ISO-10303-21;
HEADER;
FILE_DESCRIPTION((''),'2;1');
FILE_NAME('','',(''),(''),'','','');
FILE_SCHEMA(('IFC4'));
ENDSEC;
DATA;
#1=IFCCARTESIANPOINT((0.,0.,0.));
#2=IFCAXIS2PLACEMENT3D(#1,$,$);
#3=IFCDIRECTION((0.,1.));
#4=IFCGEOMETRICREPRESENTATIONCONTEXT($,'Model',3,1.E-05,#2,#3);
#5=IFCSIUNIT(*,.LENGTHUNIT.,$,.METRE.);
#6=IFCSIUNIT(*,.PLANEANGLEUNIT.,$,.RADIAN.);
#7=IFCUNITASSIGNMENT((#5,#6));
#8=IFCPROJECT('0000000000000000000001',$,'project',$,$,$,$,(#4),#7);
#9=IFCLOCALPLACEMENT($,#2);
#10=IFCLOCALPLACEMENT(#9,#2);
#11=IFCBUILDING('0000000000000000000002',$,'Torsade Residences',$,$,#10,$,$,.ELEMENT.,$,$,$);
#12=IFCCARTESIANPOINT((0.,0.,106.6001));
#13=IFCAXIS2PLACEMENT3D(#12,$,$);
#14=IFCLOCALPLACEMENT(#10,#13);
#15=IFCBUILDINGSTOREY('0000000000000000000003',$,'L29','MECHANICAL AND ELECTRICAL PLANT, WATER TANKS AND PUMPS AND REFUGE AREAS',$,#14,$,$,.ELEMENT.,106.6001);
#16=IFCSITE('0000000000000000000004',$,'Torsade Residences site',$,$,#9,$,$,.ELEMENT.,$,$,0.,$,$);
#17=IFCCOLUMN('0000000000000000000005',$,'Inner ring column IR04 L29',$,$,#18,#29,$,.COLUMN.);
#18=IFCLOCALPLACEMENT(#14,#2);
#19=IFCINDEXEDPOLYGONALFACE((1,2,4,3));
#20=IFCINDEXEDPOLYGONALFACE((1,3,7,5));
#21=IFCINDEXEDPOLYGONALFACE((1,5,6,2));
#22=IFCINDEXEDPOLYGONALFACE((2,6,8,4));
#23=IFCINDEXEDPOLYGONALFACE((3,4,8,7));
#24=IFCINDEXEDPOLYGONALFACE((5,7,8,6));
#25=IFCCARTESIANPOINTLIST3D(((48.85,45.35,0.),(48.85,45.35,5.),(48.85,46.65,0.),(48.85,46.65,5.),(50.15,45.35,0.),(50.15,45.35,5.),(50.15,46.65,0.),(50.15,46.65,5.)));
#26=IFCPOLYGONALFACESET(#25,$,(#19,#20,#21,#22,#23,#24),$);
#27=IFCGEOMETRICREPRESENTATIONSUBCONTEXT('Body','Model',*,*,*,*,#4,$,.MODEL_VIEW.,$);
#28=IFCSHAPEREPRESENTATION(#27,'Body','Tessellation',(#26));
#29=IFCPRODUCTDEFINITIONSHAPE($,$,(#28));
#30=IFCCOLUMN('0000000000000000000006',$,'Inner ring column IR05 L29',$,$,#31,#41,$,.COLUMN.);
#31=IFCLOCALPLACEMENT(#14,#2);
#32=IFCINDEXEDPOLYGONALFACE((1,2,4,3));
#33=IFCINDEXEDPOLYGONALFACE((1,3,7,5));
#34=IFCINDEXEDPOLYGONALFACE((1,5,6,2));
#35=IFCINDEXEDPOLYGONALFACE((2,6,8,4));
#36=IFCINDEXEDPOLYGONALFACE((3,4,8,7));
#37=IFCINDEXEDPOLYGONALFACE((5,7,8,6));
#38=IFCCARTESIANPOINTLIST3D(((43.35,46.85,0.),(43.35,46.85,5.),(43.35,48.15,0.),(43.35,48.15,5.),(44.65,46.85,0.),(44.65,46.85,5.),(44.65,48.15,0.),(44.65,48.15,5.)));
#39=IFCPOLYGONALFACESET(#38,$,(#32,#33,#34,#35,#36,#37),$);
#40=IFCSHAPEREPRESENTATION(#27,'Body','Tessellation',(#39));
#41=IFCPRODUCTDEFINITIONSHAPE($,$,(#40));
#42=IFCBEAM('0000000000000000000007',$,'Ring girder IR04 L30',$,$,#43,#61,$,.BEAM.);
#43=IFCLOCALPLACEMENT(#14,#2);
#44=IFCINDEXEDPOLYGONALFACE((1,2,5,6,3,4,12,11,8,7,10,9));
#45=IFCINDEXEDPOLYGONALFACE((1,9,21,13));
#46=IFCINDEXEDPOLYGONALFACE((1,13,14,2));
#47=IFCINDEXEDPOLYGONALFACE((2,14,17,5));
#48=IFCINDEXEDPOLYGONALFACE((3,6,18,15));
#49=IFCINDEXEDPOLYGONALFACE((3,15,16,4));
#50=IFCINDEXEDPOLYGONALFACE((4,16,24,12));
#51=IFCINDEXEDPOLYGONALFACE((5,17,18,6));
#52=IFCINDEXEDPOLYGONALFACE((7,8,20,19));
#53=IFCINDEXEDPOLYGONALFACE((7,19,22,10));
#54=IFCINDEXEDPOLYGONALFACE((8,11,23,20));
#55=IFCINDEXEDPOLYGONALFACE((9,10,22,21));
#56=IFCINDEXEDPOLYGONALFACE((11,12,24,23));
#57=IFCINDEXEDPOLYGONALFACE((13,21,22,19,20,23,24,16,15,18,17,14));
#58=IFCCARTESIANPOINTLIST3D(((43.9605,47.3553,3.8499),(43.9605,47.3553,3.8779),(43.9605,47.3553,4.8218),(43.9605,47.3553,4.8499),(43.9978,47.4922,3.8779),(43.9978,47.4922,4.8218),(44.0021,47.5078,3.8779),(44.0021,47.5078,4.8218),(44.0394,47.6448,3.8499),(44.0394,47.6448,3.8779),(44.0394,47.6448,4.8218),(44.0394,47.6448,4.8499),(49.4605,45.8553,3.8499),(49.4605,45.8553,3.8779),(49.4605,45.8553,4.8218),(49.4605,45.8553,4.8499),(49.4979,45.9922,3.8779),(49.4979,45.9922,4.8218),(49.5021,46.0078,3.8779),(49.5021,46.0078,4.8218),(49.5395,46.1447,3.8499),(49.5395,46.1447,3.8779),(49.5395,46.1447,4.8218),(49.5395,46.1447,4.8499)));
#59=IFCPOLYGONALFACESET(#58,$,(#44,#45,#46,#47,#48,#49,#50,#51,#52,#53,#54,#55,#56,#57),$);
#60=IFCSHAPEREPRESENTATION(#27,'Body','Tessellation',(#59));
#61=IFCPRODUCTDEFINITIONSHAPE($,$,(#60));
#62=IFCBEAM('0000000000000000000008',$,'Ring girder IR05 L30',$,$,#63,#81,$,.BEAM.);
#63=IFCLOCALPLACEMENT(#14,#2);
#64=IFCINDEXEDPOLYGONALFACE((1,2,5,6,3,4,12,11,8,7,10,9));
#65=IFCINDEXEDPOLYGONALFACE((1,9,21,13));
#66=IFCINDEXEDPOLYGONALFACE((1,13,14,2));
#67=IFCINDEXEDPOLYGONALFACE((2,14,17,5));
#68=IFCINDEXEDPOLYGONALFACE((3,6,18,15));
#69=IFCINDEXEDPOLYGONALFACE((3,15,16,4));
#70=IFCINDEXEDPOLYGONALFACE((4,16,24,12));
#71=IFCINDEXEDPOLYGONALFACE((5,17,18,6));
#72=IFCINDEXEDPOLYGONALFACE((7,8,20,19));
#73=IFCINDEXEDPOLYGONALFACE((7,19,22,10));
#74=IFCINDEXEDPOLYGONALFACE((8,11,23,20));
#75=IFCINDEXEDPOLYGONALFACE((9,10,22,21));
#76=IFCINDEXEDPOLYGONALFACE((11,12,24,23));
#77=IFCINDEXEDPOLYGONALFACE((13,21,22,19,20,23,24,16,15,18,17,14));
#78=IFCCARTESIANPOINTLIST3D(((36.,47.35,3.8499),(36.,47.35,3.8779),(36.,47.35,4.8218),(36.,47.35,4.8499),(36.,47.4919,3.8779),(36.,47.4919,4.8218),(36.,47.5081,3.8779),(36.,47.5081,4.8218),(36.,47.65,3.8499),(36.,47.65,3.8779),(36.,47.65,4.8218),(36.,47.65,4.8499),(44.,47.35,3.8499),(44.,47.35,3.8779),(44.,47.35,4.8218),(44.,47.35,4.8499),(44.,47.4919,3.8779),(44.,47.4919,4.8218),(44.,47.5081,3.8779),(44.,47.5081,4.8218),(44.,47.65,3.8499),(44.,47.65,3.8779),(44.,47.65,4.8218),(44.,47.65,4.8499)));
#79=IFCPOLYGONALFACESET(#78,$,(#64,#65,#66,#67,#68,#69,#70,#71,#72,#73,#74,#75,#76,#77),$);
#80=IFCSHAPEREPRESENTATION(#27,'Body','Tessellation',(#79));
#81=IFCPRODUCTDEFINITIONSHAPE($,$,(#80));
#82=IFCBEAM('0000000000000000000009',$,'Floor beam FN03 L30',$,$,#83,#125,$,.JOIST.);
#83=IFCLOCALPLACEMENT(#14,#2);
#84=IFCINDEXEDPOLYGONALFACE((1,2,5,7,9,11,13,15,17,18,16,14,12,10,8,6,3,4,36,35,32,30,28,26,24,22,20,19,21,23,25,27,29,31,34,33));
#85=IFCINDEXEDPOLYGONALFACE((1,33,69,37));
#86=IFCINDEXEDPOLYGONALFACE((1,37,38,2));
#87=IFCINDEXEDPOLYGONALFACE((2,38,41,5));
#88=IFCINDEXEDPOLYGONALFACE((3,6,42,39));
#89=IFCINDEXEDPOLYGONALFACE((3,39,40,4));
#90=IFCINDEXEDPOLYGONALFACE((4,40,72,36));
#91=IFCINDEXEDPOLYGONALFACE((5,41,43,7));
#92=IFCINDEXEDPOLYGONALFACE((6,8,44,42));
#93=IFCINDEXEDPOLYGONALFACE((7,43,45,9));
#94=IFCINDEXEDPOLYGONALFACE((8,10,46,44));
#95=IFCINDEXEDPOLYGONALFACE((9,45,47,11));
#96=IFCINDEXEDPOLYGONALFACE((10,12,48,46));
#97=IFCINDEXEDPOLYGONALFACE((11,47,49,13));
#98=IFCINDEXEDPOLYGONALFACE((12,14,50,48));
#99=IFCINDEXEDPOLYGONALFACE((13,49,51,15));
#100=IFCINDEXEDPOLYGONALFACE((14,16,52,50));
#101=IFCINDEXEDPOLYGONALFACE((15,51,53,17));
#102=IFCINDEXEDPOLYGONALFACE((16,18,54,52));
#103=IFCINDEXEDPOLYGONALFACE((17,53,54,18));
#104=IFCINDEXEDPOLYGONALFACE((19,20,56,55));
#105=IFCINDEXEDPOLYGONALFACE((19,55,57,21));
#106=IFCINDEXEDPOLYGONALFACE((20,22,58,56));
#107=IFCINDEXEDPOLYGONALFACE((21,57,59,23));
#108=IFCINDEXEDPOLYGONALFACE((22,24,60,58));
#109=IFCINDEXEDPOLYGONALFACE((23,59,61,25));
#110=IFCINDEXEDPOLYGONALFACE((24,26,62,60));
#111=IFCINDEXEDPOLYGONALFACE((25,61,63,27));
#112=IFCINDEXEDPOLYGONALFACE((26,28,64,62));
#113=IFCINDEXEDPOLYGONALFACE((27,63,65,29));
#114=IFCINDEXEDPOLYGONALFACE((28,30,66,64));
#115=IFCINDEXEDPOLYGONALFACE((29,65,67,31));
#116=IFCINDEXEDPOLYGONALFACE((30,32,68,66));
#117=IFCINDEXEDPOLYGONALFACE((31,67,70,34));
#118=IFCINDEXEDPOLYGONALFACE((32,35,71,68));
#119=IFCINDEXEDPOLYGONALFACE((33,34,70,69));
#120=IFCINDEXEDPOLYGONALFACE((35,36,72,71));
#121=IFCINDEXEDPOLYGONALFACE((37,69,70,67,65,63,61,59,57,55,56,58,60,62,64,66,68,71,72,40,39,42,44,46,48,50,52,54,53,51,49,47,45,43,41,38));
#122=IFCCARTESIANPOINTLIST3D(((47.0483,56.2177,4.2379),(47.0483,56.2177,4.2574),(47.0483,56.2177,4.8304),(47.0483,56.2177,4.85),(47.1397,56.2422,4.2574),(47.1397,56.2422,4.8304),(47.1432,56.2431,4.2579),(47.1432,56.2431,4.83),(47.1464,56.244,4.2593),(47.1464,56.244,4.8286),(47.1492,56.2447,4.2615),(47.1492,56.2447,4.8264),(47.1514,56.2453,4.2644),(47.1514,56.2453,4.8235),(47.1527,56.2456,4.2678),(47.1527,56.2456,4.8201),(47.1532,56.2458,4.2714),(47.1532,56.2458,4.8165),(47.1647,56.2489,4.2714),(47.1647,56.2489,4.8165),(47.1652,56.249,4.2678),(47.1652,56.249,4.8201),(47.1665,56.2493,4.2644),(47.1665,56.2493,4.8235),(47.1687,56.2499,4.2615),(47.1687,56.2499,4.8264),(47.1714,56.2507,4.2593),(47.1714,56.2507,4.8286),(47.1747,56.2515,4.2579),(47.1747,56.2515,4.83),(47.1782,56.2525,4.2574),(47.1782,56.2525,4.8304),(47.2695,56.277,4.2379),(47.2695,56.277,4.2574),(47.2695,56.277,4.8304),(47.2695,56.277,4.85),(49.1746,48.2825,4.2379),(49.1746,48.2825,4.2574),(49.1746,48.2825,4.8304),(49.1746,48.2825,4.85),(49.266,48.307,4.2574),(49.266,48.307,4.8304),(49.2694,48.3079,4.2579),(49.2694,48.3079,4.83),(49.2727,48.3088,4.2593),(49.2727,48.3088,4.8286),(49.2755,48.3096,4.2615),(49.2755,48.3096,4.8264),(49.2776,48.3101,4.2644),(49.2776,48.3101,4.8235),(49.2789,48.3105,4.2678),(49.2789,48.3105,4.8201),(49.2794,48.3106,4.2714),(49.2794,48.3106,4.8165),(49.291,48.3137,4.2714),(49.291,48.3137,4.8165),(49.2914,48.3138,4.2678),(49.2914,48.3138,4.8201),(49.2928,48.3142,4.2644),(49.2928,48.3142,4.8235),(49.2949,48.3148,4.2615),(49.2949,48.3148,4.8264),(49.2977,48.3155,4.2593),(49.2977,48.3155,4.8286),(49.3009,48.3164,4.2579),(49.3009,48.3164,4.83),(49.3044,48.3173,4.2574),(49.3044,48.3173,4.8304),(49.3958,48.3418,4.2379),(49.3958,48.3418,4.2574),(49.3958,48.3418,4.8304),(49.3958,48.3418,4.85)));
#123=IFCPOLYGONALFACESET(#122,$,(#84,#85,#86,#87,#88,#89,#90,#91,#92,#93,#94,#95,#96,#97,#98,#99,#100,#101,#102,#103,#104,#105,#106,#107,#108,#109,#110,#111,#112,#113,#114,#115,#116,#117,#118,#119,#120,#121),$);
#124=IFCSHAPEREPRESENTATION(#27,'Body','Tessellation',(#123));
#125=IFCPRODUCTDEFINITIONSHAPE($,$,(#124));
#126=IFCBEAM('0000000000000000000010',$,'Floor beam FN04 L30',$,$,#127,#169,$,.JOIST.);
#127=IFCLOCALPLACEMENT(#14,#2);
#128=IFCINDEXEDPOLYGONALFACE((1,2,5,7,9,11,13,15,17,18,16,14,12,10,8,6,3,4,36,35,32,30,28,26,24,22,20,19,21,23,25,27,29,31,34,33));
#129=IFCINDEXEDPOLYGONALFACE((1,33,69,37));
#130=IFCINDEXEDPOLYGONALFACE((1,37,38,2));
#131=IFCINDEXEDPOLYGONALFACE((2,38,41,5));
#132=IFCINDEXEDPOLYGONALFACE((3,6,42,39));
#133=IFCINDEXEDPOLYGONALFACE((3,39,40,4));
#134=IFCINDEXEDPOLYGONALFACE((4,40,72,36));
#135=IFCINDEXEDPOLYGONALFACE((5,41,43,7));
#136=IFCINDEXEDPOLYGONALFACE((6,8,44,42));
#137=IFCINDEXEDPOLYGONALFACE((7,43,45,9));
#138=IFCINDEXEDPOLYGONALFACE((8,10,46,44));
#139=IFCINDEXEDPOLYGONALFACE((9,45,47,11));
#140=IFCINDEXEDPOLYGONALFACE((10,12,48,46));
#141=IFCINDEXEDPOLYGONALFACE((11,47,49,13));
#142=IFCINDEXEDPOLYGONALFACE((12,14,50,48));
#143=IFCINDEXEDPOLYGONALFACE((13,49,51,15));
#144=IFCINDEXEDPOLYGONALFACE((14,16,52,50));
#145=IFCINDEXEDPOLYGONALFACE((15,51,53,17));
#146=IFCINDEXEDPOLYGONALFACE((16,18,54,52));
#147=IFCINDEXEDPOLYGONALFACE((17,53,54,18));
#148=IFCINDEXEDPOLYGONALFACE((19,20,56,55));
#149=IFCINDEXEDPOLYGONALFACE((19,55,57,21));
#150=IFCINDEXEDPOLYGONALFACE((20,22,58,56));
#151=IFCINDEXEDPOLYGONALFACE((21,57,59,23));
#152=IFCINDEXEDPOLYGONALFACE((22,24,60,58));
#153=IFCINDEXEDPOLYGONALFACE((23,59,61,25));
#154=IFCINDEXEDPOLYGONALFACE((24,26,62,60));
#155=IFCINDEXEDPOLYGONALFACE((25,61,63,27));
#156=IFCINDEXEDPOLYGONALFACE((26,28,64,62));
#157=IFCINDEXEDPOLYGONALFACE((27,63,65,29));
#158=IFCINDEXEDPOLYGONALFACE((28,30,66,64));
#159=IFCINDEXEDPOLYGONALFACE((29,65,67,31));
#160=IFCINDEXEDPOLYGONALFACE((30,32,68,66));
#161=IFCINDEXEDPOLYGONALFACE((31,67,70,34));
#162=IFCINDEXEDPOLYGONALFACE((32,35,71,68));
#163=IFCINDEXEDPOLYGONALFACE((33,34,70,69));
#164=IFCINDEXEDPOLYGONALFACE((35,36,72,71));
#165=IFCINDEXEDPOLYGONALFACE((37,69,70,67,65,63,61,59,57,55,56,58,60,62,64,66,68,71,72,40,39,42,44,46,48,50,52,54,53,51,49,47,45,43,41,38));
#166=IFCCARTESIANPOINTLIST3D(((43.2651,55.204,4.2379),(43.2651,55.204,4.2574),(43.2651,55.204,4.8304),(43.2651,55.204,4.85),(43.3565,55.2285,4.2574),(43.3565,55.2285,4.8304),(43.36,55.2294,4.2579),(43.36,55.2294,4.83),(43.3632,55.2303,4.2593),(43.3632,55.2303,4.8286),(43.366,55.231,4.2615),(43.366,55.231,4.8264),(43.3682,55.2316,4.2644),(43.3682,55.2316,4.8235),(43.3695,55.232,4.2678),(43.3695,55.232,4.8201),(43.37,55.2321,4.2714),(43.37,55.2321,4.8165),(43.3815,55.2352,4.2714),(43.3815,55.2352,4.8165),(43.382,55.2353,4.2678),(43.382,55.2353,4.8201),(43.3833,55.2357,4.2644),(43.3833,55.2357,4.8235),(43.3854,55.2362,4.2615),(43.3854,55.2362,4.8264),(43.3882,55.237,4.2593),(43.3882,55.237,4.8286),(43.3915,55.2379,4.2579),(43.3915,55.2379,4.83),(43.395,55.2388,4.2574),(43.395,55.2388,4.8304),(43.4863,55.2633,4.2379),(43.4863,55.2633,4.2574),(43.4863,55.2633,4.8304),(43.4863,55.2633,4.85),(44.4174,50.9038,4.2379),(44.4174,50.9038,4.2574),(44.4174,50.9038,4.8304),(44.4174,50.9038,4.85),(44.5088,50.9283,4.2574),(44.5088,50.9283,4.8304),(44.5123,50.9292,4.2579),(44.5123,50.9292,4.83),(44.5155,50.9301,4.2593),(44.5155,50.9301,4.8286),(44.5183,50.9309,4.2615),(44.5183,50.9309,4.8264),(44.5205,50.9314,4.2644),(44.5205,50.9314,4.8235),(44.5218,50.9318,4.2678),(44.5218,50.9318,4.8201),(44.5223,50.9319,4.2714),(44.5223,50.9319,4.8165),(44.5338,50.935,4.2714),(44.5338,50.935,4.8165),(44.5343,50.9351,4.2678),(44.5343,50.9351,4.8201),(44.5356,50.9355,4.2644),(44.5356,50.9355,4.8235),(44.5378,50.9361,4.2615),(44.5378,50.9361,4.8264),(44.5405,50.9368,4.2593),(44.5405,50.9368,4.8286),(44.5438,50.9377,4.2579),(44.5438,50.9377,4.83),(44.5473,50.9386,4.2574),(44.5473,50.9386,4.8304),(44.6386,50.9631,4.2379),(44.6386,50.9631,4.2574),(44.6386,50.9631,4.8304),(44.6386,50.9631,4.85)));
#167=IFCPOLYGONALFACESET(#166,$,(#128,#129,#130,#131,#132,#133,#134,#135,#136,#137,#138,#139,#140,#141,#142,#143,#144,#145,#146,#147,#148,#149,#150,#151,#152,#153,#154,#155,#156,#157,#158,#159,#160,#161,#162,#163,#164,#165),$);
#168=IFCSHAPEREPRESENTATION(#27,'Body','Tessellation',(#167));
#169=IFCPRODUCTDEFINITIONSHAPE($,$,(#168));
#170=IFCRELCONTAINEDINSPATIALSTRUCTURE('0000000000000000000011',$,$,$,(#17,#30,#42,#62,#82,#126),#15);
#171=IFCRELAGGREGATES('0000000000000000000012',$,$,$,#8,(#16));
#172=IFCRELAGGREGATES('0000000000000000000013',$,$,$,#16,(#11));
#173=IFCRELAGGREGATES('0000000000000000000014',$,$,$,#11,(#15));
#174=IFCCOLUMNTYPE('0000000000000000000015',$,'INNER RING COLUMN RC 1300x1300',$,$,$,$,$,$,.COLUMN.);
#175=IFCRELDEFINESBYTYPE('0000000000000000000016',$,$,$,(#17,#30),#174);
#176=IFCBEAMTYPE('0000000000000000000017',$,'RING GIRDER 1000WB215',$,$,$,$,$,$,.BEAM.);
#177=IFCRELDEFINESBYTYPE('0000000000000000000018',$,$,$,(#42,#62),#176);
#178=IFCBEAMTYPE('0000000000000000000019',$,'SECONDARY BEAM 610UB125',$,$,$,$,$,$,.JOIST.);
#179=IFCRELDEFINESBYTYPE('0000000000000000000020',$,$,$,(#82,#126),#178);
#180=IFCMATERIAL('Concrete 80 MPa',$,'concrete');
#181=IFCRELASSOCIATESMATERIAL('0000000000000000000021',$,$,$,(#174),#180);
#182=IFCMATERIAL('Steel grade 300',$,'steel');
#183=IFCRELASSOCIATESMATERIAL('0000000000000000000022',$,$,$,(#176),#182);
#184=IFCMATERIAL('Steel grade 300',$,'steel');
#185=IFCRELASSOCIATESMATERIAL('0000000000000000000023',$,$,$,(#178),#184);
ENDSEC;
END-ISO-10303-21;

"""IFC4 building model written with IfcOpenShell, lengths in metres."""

from ifc_helpers import new_model, si_unit, direction, frame, origin, origin_2d, place, context, subcontext, project, spatial, rectangle, i_section, extrude, material, material_profile, profile_set, type_object, element, save


model = new_model("IFC4")

# Units and contexts
model_context = context("Model", 3, precision=1e-05, world=origin(), true_north=direction((0.0, 1.0)))
body_context = subcontext(model_context, "Body", "Model", "MODEL_VIEW")
ifc_project = project(units=[si_unit("LENGTHUNIT", "METRE"), si_unit("PLANEANGLEUNIT", "RADIAN")], contexts=[model_context])

# Site, building, storey
site_placement = place(None, origin())
site = spatial("IfcSite", under=ifc_project, at=site_placement, Name="Torsade Residences site", CompositionType="ELEMENT", RefElevation=0.0)
building_placement = place(site_placement, origin())
building = spatial("IfcBuilding", under=site, at=building_placement, Name="Torsade Residences", CompositionType="ELEMENT")
storey_placement = place(building_placement, frame((0.0, 0.0, 106.6001)))
storey = spatial("IfcBuildingStorey", under=building, at=storey_placement, Name="L29", Description="MECHANICAL AND ELECTRICAL PLANT, WATER TANKS AND PUMPS AND REFUGE AREAS", CompositionType="ELEMENT", Elevation=106.6001)

# Columns
ifc_material_1 = material(Name="Concrete 80 MPa", Category="concrete")
ifc_material_profile_1 = material_profile(ifc_material_1, rectangle(XDim=1.3, YDim=1.3, at=origin_2d()), Name="RC 1300x1300")
ifc_profile_set_1 = profile_set([ifc_material_profile_1], Name="Concrete 80 MPa")
column_type = type_object("IfcColumnType", Name="INNER RING COLUMN RC 1300x1300", PredefinedType="COLUMN", material=ifc_profile_set_1)
for number, where, z_axis, x_axis, name in (
    (1, (49.5, 46.0, 0.0), (0.0, 0.0, 1.0), (1.0, 0.0, 0.0), "Inner ring column IR04 L29"),
    (2, (44.0, 47.5, 0.0), (0.0, 0.0, 1.0), (1.0, 0.0, 0.0), "Inner ring column IR05 L29"),
):
    element("IfcColumn", number, at=place(storey_placement, frame(where, z_axis=z_axis, x_axis=x_axis)), inside=storey, type_object=column_type, Name=name, PredefinedType="COLUMN", context=body_context, shape_type="SweptSolid", body=[
        extrude(rectangle(XDim=1.3, YDim=1.3, at=origin_2d()), origin(), (0.0, 0.0, 1.0), 5.0),
    ])

# Beams
ifc_material_2 = material(Name="Steel grade 300", Category="steel")
ifc_material_profile_2 = material_profile(ifc_material_2, i_section(OverallWidth=0.3, OverallDepth=1.0, WebThickness=0.0161, FlangeThickness=0.0281, at=origin_2d()), Name="1000WB215")
ifc_profile_set_2 = profile_set([ifc_material_profile_2], Name="Steel grade 300")
beam_type_1 = type_object("IfcBeamType", Name="RING GIRDER 1000WB215", PredefinedType="BEAM", material=ifc_profile_set_2)
beam_1_placement = place(storey_placement, frame((49.5, 46.0, 4.3499), z_axis=(-0.964764, 0.263117, 0.0), x_axis=(-0.263117, -0.964764, 0.0)))
element("IfcBeam", 3, at=beam_1_placement, inside=storey, type_object=beam_type_1, Name="Ring girder IR04 L30", PredefinedType="BEAM", context=body_context, shape_type="SweptSolid", body=[
    extrude(i_section(OverallWidth=0.3, OverallDepth=1.0, WebThickness=0.0161, FlangeThickness=0.0281, at=origin_2d()), origin(), (0.0, 0.0, 1.0), 5.7009),
])
beam_2_placement = place(storey_placement, frame((44.0, 47.5, 4.3499), z_axis=(-1.0, 0.0, 0.0), x_axis=(0.0, -1.0, 0.0)))
element("IfcBeam", 4, at=beam_2_placement, inside=storey, type_object=beam_type_1, Name="Ring girder IR05 L30", PredefinedType="BEAM", context=body_context, shape_type="SweptSolid", body=[
    extrude(i_section(OverallWidth=0.3, OverallDepth=1.0, WebThickness=0.0161, FlangeThickness=0.0281, at=origin_2d()), origin(), (0.0, 0.0, 1.0), 8.0),
])
ifc_material_3 = material(Name="Steel grade 300", Category="steel")
ifc_material_profile_3 = material_profile(ifc_material_3, i_section(OverallWidth=0.229, OverallDepth=0.6121, WebThickness=0.012, FlangeThickness=0.0195, FilletRadius=0.0139, at=origin_2d()), Name="610UB125")
ifc_profile_set_3 = profile_set([ifc_material_profile_3], Name="Steel grade 300")
beam_type_2 = type_object("IfcBeamType", Name="SECONDARY BEAM 610UB125", PredefinedType="JOIST", material=ifc_profile_set_3)
beam_3_placement = place(storey_placement, frame((47.1589, 56.2473, 4.5439), z_axis=(0.258822, -0.965925, 0.0), x_axis=(0.965925, 0.258822, 0.0)))
element("IfcBeam", 5, at=beam_3_placement, inside=storey, type_object=beam_type_2, Name="Floor beam FN03 L30", PredefinedType="JOIST", context=body_context, shape_type="SweptSolid", body=[
    extrude(i_section(OverallWidth=0.229, OverallDepth=0.6121, WebThickness=0.012, FlangeThickness=0.0195, FilletRadius=0.0139, at=origin_2d()), origin(), (0.0, 0.0, 1.0), 8.2151),
])
beam_4_placement = place(storey_placement, frame((43.3757, 55.2336, 4.5439), z_axis=(0.258837, -0.965921, 0.0), x_axis=(0.965921, 0.258837, 0.0)))
element("IfcBeam", 6, at=beam_4_placement, inside=storey, type_object=beam_type_2, Name="Floor beam FN04 L30", PredefinedType="JOIST", context=body_context, shape_type="SweptSolid", body=[
    extrude(i_section(OverallWidth=0.229, OverallDepth=0.6121, WebThickness=0.012, FlangeThickness=0.0195, FilletRadius=0.0139, at=origin_2d()), origin(), (0.0, 0.0, 1.0), 4.4519),
])

save(model, "model.ifc")
